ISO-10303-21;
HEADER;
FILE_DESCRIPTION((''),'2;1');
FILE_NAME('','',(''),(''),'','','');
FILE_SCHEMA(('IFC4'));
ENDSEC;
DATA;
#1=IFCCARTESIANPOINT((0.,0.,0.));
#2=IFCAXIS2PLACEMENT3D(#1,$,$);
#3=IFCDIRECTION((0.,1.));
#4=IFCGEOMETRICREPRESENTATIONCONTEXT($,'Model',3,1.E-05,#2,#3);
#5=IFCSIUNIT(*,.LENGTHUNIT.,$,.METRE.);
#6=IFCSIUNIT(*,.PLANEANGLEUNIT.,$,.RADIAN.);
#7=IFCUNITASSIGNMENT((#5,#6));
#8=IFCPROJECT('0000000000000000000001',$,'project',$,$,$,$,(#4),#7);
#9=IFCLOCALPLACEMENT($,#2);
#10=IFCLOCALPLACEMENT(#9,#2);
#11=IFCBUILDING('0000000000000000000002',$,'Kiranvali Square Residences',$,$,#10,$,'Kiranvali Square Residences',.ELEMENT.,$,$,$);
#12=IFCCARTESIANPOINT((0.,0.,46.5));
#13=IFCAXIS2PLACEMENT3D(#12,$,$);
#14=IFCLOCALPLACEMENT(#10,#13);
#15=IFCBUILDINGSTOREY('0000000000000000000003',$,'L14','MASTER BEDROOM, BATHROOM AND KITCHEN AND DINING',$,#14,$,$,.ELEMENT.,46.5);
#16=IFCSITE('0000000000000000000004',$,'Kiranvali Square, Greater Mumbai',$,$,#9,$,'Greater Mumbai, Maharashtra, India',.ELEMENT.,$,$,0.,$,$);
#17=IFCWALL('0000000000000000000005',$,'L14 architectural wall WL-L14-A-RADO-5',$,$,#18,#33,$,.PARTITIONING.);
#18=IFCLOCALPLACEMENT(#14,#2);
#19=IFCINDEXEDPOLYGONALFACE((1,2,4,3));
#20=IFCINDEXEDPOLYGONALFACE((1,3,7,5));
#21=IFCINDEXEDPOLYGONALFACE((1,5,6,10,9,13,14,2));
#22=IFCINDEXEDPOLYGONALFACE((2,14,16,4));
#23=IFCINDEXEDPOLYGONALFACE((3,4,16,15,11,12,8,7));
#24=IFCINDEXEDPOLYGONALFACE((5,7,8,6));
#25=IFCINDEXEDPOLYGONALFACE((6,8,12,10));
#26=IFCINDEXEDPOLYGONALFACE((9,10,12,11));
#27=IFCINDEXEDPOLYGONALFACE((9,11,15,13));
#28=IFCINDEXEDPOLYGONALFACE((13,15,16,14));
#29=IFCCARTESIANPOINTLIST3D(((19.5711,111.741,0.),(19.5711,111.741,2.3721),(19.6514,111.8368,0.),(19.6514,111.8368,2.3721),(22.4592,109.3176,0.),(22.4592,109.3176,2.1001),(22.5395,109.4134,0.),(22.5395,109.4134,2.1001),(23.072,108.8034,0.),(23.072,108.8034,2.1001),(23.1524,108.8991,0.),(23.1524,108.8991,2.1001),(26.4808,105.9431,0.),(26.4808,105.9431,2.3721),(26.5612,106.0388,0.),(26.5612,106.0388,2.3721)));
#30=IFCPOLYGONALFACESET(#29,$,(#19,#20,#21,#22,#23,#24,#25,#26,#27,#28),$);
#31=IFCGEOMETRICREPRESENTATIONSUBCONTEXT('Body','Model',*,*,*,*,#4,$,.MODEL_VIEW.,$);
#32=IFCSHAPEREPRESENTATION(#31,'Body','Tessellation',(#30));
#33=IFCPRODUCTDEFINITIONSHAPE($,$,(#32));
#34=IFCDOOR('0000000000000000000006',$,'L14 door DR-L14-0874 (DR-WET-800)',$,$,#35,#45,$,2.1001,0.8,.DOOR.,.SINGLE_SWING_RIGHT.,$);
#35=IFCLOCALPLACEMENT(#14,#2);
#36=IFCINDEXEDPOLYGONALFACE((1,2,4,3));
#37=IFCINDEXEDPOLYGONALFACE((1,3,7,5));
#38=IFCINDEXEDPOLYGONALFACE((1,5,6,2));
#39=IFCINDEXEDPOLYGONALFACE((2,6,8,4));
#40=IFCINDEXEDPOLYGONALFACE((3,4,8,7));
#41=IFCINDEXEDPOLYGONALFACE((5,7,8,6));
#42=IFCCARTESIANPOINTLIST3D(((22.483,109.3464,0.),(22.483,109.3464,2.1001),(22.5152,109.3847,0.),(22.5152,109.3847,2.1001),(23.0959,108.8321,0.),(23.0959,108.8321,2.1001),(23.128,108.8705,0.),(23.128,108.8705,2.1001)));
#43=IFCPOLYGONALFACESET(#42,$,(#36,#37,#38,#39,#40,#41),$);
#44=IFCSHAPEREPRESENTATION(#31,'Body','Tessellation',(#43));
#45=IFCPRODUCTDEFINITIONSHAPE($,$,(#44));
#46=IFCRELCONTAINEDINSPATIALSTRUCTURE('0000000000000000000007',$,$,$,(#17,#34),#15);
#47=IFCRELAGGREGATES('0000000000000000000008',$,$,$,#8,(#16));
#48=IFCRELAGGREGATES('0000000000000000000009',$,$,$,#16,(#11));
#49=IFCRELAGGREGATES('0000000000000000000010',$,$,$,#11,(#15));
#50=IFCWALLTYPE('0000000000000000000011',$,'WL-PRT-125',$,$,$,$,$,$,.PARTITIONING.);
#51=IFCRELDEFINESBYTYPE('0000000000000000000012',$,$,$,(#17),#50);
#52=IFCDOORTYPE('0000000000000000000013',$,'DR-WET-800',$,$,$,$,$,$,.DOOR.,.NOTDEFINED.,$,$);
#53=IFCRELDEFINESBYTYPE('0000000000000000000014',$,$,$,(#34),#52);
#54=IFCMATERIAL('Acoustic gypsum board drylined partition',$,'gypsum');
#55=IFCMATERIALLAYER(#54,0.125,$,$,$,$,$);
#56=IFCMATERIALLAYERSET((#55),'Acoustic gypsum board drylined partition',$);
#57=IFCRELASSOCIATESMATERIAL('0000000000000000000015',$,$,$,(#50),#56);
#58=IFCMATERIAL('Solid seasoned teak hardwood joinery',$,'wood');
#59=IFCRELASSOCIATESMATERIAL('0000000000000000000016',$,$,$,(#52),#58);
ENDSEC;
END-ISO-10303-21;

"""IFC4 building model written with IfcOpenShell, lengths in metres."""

from ifc_helpers import new_model, si_unit, direction, frame, frame_2d, origin, place, context, subcontext, project, spatial, rectangle, extrude, material, layer, layer_set, type_object, element, fill, save


model = new_model("IFC4")

# Units and contexts
model_context = context("Model", 3, precision=1e-05, world=origin(), true_north=direction((0.0, 1.0)))
body_context = subcontext(model_context, "Body", "Model", "MODEL_VIEW")
ifc_project = project(units=[si_unit("LENGTHUNIT", "METRE"), si_unit("PLANEANGLEUNIT", "RADIAN")], contexts=[model_context])

# Site, building, storey
site_placement = place(None, origin())
site = spatial("IfcSite", under=ifc_project, at=site_placement, Name="Kiranvali Square, Greater Mumbai", LongName="Greater Mumbai, Maharashtra, India", CompositionType="ELEMENT", RefElevation=0.0)
building_placement = place(site_placement, origin())
building = spatial("IfcBuilding", under=site, at=building_placement, Name="Kiranvali Square Residences", LongName="Kiranvali Square Residences", CompositionType="ELEMENT")
storey_placement = place(building_placement, frame((0.0, 0.0, 46.5)))
storey = spatial("IfcBuildingStorey", under=building, at=storey_placement, Name="L14", Description="MASTER BEDROOM, BATHROOM AND KITCHEN AND DINING", CompositionType="ELEMENT", Elevation=46.5)

# Wall, opening, door
ifc_material_1 = material(Name="Acoustic gypsum board drylined partition", Category="gypsum")
ifc_layer_1 = layer(ifc_material_1, 0.125)
ifc_layer_set_1 = layer_set([ifc_layer_1], Name="Acoustic gypsum board drylined partition")
wall_type_1 = type_object("IfcWallType", Name="WL-PRT-125", PredefinedType="PARTITIONING", material=ifc_layer_set_1)
wall_1_placement = place(storey_placement, frame((26.521, 105.991, 0.0), z_axis=(0.0, 0.0, 1.0), x_axis=(-0.766047, 0.642784, 0.0)))
wall_1 = element("IfcWall", 1, at=wall_1_placement, inside=storey, type_object=wall_type_1, Name="L14 architectural wall WL-L14-A-RADO-5", PredefinedType="PARTITIONING", context=body_context, shape_type="SweptSolid", body=[
    extrude(rectangle(XDim=9.02, YDim=0.125, at=frame_2d((4.51, 0.0))), origin(), (0.0, 0.0, 1.0), 2.3721),
])
opening_1_placement = place(wall_1_placement, frame((4.45, 0.0, 0.0)))
opening_1 = element("IfcOpeningElement", 2, at=opening_1_placement, cuts=wall_1, PredefinedType="OPENING", context=body_context, shape_type="SweptSolid", body=[
    extrude(rectangle(XDim=0.8, YDim=2.1001, at=frame_2d((0.3999, 1.05))), frame((0.0, 0.0725, 0.0), z_axis=(0.0, -1.0, 0.0), x_axis=(1.0, 0.0, 0.0)), (0.0, 0.0, 1.0), 0.145),
])
ifc_material_2 = material(Name="Solid seasoned teak hardwood joinery", Category="wood")
door_type_1 = type_object("IfcDoorType", Name="DR-WET-800", OperationType="NOTDEFINED", PredefinedType="DOOR", material=ifc_material_2)
door_1_placement = place(opening_1_placement, frame((0.8, 0.0, 0.0), z_axis=(0.0, 0.0, 1.0), x_axis=(-1.0, 0.0, 0.0)))
door_1 = element("IfcDoor", 3, at=door_1_placement, inside=storey, type_object=door_type_1, Name="L14 door DR-L14-0874 (DR-WET-800)", OperationType="SINGLE_SWING_RIGHT", OverallHeight=2.1001, OverallWidth=0.8, PredefinedType="DOOR", context=body_context, shape_type="SweptSolid", body=[
    extrude(rectangle(XDim=0.8, YDim=2.1001, at=frame_2d((0.3999, 1.05))), frame((0.0, 0.0249, 0.0), z_axis=(0.0, -1.0, 0.0), x_axis=(1.0, 0.0, 0.0)), (0.0, 0.0, 1.0), 0.05),
])
fill(opening_1, door_1)

save(model, "model.ifc")
